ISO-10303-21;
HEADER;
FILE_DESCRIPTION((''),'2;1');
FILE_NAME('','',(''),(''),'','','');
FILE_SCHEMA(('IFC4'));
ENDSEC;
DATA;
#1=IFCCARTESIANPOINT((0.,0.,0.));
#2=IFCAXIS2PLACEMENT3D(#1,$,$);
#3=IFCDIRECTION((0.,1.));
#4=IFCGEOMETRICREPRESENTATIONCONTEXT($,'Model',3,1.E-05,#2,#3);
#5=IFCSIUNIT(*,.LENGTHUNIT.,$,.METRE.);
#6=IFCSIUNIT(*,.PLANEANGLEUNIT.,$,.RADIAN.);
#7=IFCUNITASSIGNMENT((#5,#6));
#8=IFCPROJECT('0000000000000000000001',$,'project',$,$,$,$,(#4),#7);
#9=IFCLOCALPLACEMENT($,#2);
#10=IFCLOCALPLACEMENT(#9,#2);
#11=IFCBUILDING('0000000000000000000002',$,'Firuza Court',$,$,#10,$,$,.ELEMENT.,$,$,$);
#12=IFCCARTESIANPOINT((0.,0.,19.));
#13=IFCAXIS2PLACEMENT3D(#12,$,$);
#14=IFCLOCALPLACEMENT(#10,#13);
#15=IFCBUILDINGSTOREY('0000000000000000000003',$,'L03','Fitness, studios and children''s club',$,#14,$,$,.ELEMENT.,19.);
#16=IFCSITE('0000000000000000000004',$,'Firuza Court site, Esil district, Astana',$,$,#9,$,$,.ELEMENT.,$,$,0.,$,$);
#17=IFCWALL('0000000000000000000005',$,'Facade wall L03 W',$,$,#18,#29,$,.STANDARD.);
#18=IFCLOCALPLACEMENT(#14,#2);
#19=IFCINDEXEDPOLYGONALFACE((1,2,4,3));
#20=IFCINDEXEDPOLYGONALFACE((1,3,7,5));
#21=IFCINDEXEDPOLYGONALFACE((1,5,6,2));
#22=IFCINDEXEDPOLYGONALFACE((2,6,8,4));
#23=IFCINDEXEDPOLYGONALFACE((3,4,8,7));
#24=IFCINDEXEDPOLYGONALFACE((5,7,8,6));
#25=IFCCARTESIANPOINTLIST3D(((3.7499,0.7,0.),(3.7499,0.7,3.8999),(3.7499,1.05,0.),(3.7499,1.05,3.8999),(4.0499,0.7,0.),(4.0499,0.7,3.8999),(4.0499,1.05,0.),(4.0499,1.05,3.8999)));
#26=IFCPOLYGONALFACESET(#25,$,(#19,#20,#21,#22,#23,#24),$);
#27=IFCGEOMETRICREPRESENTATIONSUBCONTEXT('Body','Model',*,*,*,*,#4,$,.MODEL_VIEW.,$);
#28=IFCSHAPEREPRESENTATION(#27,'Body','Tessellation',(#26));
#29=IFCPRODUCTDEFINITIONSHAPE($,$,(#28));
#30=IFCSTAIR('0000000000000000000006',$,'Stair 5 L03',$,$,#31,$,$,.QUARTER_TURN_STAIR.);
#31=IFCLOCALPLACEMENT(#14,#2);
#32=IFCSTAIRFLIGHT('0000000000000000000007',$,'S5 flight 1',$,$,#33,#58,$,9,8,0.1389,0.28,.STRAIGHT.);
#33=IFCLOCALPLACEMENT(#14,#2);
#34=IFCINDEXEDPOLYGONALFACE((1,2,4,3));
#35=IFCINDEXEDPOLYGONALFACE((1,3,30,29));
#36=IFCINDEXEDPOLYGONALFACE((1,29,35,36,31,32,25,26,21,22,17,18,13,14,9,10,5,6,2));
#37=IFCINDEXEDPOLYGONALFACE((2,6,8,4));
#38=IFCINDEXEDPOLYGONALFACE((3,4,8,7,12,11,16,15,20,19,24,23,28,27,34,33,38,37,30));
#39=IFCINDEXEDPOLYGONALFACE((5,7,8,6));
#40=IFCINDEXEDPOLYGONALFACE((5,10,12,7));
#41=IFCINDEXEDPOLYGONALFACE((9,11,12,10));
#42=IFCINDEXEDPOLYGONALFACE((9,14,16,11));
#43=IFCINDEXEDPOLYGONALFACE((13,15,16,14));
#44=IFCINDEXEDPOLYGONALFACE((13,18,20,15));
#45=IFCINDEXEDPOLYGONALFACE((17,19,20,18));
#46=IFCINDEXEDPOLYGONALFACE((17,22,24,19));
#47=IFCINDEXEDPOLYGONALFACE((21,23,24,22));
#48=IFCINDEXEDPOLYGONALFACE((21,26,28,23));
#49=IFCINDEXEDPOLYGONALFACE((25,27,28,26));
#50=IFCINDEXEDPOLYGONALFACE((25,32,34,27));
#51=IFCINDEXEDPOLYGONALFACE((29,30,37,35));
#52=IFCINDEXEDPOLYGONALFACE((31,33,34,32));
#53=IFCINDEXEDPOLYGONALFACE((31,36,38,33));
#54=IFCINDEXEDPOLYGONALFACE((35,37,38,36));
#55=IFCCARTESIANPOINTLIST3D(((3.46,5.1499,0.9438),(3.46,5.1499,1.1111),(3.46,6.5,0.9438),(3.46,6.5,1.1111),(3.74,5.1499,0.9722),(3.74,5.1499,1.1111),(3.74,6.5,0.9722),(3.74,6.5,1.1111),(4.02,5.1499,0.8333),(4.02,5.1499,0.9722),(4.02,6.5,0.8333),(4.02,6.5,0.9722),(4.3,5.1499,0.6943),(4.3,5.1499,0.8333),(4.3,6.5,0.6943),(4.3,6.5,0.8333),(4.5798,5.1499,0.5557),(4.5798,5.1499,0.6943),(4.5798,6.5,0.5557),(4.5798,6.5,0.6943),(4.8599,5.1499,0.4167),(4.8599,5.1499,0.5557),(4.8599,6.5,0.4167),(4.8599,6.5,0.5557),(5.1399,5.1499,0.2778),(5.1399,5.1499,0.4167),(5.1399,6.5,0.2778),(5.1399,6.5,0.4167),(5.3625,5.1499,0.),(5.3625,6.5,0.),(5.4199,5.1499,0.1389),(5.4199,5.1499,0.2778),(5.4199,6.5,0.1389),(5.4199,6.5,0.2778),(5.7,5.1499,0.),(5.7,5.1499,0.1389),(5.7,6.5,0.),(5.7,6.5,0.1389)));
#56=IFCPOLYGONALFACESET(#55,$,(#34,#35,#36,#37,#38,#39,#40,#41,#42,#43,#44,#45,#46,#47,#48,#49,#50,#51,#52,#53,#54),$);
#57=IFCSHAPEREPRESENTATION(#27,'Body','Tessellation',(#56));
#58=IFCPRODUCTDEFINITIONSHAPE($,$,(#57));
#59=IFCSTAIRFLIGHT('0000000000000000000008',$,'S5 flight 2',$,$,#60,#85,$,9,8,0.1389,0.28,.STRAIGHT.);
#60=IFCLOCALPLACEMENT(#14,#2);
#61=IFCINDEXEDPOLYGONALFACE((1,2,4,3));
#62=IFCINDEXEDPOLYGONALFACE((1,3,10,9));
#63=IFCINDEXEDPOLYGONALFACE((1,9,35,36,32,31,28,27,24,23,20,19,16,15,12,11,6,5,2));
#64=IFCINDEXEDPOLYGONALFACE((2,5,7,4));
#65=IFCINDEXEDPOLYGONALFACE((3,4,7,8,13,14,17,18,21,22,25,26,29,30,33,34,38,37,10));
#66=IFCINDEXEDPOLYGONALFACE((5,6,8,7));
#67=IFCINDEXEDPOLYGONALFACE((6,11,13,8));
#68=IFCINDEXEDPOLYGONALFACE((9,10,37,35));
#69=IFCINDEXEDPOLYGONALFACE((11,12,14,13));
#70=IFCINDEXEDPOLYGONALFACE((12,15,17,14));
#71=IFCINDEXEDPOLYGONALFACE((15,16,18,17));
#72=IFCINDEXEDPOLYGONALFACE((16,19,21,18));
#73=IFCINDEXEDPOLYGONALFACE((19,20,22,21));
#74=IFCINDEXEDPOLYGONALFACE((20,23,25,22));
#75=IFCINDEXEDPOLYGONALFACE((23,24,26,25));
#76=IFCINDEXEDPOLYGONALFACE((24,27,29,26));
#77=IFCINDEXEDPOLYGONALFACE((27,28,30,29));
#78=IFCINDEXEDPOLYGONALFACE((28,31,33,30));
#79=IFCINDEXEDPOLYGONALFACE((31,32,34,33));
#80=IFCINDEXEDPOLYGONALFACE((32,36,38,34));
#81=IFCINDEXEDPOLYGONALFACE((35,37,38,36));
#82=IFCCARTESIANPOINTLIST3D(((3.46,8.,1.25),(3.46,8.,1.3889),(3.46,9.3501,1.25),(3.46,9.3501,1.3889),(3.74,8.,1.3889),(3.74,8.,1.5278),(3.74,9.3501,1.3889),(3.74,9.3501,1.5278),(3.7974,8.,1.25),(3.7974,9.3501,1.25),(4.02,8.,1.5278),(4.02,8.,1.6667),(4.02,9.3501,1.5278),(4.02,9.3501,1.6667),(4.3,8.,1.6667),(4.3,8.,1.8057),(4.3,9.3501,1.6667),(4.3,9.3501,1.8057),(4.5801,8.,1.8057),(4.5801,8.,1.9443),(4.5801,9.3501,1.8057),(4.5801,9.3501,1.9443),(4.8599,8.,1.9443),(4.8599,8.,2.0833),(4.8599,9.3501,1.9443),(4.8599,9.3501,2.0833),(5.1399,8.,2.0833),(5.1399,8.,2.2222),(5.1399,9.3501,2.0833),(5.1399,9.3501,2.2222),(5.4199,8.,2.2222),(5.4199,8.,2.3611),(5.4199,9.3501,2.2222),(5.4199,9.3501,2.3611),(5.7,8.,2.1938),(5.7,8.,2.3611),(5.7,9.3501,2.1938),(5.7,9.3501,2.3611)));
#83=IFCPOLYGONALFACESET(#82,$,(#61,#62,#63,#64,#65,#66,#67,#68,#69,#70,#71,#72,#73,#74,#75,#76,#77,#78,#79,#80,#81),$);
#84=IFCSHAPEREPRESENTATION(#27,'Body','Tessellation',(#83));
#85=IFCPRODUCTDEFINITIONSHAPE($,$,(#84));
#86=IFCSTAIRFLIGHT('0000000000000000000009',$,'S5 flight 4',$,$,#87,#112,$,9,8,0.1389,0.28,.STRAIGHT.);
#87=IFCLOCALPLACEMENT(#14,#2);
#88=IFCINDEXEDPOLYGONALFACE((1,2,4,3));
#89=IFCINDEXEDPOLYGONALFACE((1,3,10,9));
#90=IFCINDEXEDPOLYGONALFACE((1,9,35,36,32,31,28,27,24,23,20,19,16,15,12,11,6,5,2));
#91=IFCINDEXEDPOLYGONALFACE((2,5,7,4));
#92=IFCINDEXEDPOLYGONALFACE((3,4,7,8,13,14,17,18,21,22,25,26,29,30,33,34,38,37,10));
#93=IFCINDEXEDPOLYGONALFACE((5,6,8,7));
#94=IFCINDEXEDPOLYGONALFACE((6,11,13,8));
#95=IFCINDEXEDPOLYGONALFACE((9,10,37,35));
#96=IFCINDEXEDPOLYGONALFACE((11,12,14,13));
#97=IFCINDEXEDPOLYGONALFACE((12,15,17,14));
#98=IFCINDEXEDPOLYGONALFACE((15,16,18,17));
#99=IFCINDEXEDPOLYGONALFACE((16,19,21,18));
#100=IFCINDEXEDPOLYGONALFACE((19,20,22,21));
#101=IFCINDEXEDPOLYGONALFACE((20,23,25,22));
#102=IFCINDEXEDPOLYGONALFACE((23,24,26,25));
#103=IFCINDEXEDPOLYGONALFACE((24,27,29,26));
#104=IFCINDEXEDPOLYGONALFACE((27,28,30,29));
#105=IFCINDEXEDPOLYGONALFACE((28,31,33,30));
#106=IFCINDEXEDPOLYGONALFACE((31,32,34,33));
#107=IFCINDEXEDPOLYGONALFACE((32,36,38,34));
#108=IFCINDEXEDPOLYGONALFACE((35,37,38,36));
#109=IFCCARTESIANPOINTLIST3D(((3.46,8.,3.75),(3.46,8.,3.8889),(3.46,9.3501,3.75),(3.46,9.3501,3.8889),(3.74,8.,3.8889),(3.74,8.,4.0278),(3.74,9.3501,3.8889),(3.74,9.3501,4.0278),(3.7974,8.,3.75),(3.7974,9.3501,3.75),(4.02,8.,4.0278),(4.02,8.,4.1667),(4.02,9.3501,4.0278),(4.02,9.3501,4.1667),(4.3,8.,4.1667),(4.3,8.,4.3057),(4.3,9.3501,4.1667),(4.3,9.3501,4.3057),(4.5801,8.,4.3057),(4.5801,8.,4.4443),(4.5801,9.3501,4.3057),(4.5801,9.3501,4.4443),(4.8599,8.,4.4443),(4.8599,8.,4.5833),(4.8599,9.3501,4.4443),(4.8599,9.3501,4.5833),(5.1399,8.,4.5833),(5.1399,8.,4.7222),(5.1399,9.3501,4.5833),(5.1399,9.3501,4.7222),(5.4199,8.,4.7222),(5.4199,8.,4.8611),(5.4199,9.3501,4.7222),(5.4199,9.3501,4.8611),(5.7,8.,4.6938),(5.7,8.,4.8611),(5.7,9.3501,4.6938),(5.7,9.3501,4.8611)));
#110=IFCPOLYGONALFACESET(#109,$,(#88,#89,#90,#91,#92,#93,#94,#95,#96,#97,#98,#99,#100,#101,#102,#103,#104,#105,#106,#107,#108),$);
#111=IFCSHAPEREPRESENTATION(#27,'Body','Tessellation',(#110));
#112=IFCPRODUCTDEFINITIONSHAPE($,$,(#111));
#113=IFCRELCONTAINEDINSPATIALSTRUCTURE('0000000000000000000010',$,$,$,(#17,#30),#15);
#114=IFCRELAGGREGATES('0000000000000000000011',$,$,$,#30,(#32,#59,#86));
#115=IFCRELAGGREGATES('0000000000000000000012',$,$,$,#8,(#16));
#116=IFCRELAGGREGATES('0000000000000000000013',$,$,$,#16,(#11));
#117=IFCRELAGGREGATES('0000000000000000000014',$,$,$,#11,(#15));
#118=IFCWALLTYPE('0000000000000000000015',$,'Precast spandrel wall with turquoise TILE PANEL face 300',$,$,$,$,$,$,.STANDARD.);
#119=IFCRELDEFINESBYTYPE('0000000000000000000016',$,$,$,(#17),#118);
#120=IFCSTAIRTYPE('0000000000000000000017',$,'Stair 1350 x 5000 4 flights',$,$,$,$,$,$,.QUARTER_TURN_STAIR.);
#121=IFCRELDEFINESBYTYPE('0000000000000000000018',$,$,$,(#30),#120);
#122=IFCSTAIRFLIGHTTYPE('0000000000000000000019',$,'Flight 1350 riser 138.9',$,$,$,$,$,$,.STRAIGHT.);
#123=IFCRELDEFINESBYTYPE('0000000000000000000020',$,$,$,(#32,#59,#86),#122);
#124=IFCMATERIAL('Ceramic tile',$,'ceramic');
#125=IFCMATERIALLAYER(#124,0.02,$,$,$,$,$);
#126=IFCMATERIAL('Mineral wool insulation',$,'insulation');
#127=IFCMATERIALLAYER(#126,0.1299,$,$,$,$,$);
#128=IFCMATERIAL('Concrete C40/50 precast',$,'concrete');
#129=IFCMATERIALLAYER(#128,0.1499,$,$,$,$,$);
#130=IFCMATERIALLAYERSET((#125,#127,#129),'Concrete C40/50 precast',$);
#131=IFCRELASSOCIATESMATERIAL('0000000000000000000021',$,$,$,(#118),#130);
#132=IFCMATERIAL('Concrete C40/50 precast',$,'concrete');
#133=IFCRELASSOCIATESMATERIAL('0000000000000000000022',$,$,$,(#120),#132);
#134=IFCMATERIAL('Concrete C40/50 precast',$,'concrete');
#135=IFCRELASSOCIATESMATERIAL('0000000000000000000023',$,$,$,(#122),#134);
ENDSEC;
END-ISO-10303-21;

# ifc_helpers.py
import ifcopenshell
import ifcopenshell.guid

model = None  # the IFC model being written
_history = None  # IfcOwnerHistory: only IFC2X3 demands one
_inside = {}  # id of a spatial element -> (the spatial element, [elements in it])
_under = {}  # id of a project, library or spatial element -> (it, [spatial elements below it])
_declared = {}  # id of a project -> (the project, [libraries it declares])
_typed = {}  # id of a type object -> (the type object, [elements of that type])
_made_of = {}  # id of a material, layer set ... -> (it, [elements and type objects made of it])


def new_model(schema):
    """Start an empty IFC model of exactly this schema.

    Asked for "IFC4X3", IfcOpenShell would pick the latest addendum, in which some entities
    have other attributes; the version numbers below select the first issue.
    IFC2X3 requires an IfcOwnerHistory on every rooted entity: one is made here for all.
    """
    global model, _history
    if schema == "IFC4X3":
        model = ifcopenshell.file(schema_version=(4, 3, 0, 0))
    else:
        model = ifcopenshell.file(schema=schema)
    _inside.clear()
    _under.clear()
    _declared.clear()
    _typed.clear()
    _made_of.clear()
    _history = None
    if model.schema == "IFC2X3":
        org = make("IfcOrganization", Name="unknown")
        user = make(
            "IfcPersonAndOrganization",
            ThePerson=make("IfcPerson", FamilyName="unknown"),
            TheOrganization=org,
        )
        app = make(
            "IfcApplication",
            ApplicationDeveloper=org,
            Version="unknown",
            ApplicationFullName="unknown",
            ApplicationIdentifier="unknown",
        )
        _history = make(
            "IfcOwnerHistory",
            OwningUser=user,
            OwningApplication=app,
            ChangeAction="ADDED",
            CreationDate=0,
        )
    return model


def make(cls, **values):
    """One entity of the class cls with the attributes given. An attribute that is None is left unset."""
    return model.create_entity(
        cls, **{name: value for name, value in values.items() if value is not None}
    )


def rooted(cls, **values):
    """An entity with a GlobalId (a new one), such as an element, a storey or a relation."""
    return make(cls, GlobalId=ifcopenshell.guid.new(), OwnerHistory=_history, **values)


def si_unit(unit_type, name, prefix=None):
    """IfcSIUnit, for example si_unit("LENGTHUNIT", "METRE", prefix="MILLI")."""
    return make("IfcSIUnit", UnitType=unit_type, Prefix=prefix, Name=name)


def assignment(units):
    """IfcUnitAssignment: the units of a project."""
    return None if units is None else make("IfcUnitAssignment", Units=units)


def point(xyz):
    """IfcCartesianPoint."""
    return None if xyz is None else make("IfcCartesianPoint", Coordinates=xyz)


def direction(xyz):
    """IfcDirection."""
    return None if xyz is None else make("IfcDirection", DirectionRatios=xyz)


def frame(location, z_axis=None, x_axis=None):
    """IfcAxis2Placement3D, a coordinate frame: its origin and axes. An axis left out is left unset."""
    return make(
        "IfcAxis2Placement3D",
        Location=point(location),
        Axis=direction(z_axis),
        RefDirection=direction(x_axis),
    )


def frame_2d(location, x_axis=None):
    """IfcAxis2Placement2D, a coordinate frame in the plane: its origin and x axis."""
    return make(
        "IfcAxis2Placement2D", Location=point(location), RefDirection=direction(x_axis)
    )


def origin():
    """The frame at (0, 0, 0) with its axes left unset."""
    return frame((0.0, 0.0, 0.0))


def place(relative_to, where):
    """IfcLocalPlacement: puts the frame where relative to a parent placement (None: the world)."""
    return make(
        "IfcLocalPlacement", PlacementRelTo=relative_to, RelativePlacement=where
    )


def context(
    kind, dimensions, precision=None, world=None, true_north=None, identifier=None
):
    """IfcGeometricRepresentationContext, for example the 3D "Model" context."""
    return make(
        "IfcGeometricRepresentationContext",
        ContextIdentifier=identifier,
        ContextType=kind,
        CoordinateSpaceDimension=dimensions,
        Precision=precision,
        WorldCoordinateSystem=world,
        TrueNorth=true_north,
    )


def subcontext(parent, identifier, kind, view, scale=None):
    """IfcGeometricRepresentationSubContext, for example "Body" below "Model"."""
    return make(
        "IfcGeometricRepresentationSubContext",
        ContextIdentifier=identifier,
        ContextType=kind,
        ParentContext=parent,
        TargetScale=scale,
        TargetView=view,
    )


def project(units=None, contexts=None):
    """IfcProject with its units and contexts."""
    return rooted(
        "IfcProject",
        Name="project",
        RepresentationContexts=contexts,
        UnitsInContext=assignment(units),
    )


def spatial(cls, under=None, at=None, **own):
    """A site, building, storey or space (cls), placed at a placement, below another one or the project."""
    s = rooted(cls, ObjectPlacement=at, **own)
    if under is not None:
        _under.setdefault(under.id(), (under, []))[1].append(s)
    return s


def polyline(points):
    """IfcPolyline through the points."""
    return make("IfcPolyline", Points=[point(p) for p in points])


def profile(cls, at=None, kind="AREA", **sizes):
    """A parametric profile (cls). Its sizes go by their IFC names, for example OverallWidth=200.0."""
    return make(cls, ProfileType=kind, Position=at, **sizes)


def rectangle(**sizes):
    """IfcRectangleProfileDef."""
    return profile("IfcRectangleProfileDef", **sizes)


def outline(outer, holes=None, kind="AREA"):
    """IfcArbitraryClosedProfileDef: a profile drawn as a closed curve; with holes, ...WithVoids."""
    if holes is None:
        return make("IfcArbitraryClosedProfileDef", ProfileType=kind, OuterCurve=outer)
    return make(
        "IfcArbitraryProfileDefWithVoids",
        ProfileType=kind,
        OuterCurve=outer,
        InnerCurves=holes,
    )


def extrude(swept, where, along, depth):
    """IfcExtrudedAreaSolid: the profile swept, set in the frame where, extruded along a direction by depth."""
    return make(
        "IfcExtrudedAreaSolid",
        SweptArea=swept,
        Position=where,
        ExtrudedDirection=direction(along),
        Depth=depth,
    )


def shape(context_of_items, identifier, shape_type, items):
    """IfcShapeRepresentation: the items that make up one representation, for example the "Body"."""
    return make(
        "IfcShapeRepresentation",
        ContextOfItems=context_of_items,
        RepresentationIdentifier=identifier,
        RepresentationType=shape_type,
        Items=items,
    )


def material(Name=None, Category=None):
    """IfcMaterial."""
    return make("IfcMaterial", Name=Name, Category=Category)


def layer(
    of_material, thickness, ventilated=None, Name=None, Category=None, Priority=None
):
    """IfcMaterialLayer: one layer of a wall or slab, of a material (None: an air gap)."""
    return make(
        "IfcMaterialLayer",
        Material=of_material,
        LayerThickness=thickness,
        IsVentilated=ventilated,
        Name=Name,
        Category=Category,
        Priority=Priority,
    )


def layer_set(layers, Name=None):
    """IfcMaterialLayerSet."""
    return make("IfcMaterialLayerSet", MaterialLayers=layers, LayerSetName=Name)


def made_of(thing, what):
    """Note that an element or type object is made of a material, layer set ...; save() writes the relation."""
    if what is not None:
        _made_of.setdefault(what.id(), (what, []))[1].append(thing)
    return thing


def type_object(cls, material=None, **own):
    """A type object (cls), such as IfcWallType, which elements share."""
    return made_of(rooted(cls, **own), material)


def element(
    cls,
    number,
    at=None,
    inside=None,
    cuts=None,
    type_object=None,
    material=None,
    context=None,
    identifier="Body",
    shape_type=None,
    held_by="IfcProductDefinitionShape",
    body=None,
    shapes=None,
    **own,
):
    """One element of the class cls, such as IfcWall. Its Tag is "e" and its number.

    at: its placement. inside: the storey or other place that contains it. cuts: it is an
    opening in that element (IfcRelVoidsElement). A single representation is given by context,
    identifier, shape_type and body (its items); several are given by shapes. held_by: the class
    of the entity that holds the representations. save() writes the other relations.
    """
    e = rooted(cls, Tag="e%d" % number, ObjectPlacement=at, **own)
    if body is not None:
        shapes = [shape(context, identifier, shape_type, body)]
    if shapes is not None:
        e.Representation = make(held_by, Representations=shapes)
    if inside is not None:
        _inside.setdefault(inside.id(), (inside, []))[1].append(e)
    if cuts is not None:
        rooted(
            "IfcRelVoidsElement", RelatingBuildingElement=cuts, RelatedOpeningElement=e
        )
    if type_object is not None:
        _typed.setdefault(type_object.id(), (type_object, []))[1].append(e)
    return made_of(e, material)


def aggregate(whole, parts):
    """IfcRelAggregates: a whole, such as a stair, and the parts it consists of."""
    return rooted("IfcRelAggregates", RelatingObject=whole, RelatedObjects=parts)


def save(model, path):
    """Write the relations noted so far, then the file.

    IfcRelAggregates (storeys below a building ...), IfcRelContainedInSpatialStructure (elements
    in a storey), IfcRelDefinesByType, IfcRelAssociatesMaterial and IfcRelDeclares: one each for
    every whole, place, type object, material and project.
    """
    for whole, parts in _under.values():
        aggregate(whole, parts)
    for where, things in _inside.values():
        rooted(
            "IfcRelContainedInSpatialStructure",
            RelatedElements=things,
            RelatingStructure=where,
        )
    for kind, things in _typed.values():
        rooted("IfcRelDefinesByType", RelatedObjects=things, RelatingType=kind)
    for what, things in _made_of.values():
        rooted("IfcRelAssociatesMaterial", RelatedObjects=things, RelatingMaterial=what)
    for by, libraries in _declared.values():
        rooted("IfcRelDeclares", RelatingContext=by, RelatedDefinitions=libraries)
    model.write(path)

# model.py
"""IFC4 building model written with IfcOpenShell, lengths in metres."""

from ifc_helpers import new_model, si_unit, direction, frame, frame_2d, origin, place, context, subcontext, project, spatial, polyline, rectangle, outline, extrude, material, layer, layer_set, type_object, element, aggregate, save


model = new_model("IFC4")

# Units and contexts
model_context = context("Model", 3, precision=1e-05, world=origin(), true_north=direction((0.0, 1.0)))
body_context = subcontext(model_context, "Body", "Model", "MODEL_VIEW")
ifc_project = project(units=[si_unit("LENGTHUNIT", "METRE"), si_unit("PLANEANGLEUNIT", "RADIAN")], contexts=[model_context])

# Site, building, storey
site_placement = place(None, origin())
site = spatial("IfcSite", under=ifc_project, at=site_placement, Name="Firuza Court site, Esil district, Astana", CompositionType="ELEMENT", RefElevation=0.0)
building_placement = place(site_placement, origin())
building = spatial("IfcBuilding", under=site, at=building_placement, Name="Firuza Court", CompositionType="ELEMENT")
storey_placement = place(building_placement, frame((0.0, 0.0, 19.0)))
storey = spatial("IfcBuildingStorey", under=building, at=storey_placement, Name="L03", Description="Fitness, studios and children's club", CompositionType="ELEMENT", Elevation=19.0)

# Wall
ifc_material_1 = material(Name="Ceramic tile", Category="ceramic")
ifc_layer_1 = layer(ifc_material_1, 0.02)
ifc_material_2 = material(Name="Mineral wool insulation", Category="insulation")
ifc_layer_2 = layer(ifc_material_2, 0.1299)
ifc_material_3 = material(Name="Concrete C40/50 precast", Category="concrete")
ifc_layer_3 = layer(ifc_material_3, 0.1499)
ifc_layer_set_1 = layer_set([ifc_layer_1, ifc_layer_2, ifc_layer_3], Name="Concrete C40/50 precast")
wall_type_1 = type_object("IfcWallType", Name="Precast spandrel wall with turquoise TILE PANEL face 300", PredefinedType="STANDARD", material=ifc_layer_set_1)
for number, where, z_axis, x_axis, name in (
    (1, (3.8999, 1.05, 0.0), (0.0, 0.0, 1.0), (0.0, -1.0, 0.0), "Facade wall L03 W"),
):
    element("IfcWall", number, at=place(storey_placement, frame(where, z_axis=z_axis, x_axis=x_axis)), inside=storey, type_object=wall_type_1, Name=name, PredefinedType="STANDARD", context=body_context, shape_type="SweptSolid", body=[
        extrude(rectangle(XDim=0.3501, YDim=0.3, at=frame_2d((0.175, 0.0))), origin(), (0.0, 0.0, 1.0), 3.8999),
    ])

# Stair, stair flights
ifc_material_4 = material(Name="Concrete C40/50 precast", Category="concrete")
stair_type_1 = type_object("IfcStairType", Name="Stair 1350 x 5000 4 flights", PredefinedType="QUARTER_TURN_STAIR", material=ifc_material_4)
stair_1_placement = place(storey_placement, origin())
stair_1 = element("IfcStair", 2, at=stair_1_placement, inside=storey, type_object=stair_type_1, Name="Stair 5 L03", PredefinedType="QUARTER_TURN_STAIR")
ifc_material_5 = material(Name="Concrete C40/50 precast", Category="concrete")
stair_flight_type = type_object("IfcStairFlightType", Name="Flight 1350 riser 138.9", PredefinedType="STRAIGHT", material=ifc_material_5)
stair_flight_1_placement = place(storey_placement, frame((5.7, 5.825, 0.0), z_axis=(0.0, 0.0, 1.0), x_axis=(-1.0, 0.0, 0.0)))
stair_flight_1 = element("IfcStairFlight", 3, at=stair_flight_1_placement, type_object=stair_flight_type, Name="S5 flight 1", NumberOfRisers=9, NumberOfTreads=8, PredefinedType="STRAIGHT", RiserHeight=0.1389, TreadLength=0.28, context=body_context, shape_type="SweptSolid", body=[
    extrude(outline(polyline([(0.0, 0.0), (0.0, 0.1389), (0.28, 0.1389), (0.28, 0.2778), (0.5601, 0.2778), (0.5601, 0.4167), (0.8401, 0.4167), (0.8401, 0.5557), (1.1201, 0.5557), (1.1201, 0.6943), (1.3999, 0.6943), (1.3999, 0.8333), (1.6799, 0.8333), (1.6799, 0.9722), (1.96, 0.9722), (1.96, 1.1111), (2.24, 1.1111), (2.24, 1.25), (2.24, 0.9438), (0.3374, 0.0), (0.0, 0.0)])), frame((0.0, 0.675, 0.0), z_axis=(0.0, -1.0, 0.0), x_axis=(1.0, 0.0, 0.0)), (0.0, 0.0, 1.0), 1.3501),
])
stair_flight_2_placement = place(storey_placement, frame((3.46, 8.675, 1.25), z_axis=(0.0, 0.0, 1.0), x_axis=(1.0, 0.0, 0.0)))
stair_flight_2 = element("IfcStairFlight", 4, at=stair_flight_2_placement, type_object=stair_flight_type, Name="S5 flight 2", NumberOfRisers=9, NumberOfTreads=8, PredefinedType="STRAIGHT", RiserHeight=0.1389, TreadLength=0.28, context=body_context, shape_type="SweptSolid", body=[
    extrude(outline(polyline([(0.0, 0.0), (0.0, 0.1389), (0.28, 0.1389), (0.28, 0.2778), (0.5601, 0.2778), (0.5601, 0.4167), (0.8401, 0.4167), (0.8401, 0.5557), (1.1201, 0.5557), (1.1201, 0.6943), (1.3999, 0.6943), (1.3999, 0.8333), (1.6799, 0.8333), (1.6799, 0.9722), (1.96, 0.9722), (1.96, 1.1111), (2.24, 1.1111), (2.24, 1.25), (2.24, 0.9438), (0.3374, 0.0), (0.0, 0.0)])), frame((0.0, 0.675, 0.0), z_axis=(0.0, -1.0, 0.0), x_axis=(1.0, 0.0, 0.0)), (0.0, 0.0, 1.0), 1.3501),
])
stair_flight_3_placement = place(storey_placement, frame((3.46, 8.675, 3.75), z_axis=(0.0, 0.0, 1.0), x_axis=(1.0, 0.0, 0.0)))
stair_flight_3 = element("IfcStairFlight", 5, at=stair_flight_3_placement, type_object=stair_flight_type, Name="S5 flight 4", NumberOfRisers=9, NumberOfTreads=8, PredefinedType="STRAIGHT", RiserHeight=0.1389, TreadLength=0.28, context=body_context, shape_type="SweptSolid", body=[
    extrude(outline(polyline([(0.0, 0.0), (0.0, 0.1389), (0.28, 0.1389), (0.28, 0.2778), (0.5601, 0.2778), (0.5601, 0.4167), (0.8401, 0.4167), (0.8401, 0.5557), (1.1201, 0.5557), (1.1201, 0.6943), (1.3999, 0.6943), (1.3999, 0.8333), (1.6799, 0.8333), (1.6799, 0.9722), (1.96, 0.9722), (1.96, 1.1111), (2.24, 1.1111), (2.24, 1.25), (2.24, 0.9438), (0.3374, 0.0), (0.0, 0.0)])), frame((0.0, 0.675, 0.0), z_axis=(0.0, -1.0, 0.0), x_axis=(1.0, 0.0, 0.0)), (0.0, 0.0, 1.0), 1.3501),
])
aggregate(stair_1, [stair_flight_1, stair_flight_2, stair_flight_3])

save(model, "model.ifc")
